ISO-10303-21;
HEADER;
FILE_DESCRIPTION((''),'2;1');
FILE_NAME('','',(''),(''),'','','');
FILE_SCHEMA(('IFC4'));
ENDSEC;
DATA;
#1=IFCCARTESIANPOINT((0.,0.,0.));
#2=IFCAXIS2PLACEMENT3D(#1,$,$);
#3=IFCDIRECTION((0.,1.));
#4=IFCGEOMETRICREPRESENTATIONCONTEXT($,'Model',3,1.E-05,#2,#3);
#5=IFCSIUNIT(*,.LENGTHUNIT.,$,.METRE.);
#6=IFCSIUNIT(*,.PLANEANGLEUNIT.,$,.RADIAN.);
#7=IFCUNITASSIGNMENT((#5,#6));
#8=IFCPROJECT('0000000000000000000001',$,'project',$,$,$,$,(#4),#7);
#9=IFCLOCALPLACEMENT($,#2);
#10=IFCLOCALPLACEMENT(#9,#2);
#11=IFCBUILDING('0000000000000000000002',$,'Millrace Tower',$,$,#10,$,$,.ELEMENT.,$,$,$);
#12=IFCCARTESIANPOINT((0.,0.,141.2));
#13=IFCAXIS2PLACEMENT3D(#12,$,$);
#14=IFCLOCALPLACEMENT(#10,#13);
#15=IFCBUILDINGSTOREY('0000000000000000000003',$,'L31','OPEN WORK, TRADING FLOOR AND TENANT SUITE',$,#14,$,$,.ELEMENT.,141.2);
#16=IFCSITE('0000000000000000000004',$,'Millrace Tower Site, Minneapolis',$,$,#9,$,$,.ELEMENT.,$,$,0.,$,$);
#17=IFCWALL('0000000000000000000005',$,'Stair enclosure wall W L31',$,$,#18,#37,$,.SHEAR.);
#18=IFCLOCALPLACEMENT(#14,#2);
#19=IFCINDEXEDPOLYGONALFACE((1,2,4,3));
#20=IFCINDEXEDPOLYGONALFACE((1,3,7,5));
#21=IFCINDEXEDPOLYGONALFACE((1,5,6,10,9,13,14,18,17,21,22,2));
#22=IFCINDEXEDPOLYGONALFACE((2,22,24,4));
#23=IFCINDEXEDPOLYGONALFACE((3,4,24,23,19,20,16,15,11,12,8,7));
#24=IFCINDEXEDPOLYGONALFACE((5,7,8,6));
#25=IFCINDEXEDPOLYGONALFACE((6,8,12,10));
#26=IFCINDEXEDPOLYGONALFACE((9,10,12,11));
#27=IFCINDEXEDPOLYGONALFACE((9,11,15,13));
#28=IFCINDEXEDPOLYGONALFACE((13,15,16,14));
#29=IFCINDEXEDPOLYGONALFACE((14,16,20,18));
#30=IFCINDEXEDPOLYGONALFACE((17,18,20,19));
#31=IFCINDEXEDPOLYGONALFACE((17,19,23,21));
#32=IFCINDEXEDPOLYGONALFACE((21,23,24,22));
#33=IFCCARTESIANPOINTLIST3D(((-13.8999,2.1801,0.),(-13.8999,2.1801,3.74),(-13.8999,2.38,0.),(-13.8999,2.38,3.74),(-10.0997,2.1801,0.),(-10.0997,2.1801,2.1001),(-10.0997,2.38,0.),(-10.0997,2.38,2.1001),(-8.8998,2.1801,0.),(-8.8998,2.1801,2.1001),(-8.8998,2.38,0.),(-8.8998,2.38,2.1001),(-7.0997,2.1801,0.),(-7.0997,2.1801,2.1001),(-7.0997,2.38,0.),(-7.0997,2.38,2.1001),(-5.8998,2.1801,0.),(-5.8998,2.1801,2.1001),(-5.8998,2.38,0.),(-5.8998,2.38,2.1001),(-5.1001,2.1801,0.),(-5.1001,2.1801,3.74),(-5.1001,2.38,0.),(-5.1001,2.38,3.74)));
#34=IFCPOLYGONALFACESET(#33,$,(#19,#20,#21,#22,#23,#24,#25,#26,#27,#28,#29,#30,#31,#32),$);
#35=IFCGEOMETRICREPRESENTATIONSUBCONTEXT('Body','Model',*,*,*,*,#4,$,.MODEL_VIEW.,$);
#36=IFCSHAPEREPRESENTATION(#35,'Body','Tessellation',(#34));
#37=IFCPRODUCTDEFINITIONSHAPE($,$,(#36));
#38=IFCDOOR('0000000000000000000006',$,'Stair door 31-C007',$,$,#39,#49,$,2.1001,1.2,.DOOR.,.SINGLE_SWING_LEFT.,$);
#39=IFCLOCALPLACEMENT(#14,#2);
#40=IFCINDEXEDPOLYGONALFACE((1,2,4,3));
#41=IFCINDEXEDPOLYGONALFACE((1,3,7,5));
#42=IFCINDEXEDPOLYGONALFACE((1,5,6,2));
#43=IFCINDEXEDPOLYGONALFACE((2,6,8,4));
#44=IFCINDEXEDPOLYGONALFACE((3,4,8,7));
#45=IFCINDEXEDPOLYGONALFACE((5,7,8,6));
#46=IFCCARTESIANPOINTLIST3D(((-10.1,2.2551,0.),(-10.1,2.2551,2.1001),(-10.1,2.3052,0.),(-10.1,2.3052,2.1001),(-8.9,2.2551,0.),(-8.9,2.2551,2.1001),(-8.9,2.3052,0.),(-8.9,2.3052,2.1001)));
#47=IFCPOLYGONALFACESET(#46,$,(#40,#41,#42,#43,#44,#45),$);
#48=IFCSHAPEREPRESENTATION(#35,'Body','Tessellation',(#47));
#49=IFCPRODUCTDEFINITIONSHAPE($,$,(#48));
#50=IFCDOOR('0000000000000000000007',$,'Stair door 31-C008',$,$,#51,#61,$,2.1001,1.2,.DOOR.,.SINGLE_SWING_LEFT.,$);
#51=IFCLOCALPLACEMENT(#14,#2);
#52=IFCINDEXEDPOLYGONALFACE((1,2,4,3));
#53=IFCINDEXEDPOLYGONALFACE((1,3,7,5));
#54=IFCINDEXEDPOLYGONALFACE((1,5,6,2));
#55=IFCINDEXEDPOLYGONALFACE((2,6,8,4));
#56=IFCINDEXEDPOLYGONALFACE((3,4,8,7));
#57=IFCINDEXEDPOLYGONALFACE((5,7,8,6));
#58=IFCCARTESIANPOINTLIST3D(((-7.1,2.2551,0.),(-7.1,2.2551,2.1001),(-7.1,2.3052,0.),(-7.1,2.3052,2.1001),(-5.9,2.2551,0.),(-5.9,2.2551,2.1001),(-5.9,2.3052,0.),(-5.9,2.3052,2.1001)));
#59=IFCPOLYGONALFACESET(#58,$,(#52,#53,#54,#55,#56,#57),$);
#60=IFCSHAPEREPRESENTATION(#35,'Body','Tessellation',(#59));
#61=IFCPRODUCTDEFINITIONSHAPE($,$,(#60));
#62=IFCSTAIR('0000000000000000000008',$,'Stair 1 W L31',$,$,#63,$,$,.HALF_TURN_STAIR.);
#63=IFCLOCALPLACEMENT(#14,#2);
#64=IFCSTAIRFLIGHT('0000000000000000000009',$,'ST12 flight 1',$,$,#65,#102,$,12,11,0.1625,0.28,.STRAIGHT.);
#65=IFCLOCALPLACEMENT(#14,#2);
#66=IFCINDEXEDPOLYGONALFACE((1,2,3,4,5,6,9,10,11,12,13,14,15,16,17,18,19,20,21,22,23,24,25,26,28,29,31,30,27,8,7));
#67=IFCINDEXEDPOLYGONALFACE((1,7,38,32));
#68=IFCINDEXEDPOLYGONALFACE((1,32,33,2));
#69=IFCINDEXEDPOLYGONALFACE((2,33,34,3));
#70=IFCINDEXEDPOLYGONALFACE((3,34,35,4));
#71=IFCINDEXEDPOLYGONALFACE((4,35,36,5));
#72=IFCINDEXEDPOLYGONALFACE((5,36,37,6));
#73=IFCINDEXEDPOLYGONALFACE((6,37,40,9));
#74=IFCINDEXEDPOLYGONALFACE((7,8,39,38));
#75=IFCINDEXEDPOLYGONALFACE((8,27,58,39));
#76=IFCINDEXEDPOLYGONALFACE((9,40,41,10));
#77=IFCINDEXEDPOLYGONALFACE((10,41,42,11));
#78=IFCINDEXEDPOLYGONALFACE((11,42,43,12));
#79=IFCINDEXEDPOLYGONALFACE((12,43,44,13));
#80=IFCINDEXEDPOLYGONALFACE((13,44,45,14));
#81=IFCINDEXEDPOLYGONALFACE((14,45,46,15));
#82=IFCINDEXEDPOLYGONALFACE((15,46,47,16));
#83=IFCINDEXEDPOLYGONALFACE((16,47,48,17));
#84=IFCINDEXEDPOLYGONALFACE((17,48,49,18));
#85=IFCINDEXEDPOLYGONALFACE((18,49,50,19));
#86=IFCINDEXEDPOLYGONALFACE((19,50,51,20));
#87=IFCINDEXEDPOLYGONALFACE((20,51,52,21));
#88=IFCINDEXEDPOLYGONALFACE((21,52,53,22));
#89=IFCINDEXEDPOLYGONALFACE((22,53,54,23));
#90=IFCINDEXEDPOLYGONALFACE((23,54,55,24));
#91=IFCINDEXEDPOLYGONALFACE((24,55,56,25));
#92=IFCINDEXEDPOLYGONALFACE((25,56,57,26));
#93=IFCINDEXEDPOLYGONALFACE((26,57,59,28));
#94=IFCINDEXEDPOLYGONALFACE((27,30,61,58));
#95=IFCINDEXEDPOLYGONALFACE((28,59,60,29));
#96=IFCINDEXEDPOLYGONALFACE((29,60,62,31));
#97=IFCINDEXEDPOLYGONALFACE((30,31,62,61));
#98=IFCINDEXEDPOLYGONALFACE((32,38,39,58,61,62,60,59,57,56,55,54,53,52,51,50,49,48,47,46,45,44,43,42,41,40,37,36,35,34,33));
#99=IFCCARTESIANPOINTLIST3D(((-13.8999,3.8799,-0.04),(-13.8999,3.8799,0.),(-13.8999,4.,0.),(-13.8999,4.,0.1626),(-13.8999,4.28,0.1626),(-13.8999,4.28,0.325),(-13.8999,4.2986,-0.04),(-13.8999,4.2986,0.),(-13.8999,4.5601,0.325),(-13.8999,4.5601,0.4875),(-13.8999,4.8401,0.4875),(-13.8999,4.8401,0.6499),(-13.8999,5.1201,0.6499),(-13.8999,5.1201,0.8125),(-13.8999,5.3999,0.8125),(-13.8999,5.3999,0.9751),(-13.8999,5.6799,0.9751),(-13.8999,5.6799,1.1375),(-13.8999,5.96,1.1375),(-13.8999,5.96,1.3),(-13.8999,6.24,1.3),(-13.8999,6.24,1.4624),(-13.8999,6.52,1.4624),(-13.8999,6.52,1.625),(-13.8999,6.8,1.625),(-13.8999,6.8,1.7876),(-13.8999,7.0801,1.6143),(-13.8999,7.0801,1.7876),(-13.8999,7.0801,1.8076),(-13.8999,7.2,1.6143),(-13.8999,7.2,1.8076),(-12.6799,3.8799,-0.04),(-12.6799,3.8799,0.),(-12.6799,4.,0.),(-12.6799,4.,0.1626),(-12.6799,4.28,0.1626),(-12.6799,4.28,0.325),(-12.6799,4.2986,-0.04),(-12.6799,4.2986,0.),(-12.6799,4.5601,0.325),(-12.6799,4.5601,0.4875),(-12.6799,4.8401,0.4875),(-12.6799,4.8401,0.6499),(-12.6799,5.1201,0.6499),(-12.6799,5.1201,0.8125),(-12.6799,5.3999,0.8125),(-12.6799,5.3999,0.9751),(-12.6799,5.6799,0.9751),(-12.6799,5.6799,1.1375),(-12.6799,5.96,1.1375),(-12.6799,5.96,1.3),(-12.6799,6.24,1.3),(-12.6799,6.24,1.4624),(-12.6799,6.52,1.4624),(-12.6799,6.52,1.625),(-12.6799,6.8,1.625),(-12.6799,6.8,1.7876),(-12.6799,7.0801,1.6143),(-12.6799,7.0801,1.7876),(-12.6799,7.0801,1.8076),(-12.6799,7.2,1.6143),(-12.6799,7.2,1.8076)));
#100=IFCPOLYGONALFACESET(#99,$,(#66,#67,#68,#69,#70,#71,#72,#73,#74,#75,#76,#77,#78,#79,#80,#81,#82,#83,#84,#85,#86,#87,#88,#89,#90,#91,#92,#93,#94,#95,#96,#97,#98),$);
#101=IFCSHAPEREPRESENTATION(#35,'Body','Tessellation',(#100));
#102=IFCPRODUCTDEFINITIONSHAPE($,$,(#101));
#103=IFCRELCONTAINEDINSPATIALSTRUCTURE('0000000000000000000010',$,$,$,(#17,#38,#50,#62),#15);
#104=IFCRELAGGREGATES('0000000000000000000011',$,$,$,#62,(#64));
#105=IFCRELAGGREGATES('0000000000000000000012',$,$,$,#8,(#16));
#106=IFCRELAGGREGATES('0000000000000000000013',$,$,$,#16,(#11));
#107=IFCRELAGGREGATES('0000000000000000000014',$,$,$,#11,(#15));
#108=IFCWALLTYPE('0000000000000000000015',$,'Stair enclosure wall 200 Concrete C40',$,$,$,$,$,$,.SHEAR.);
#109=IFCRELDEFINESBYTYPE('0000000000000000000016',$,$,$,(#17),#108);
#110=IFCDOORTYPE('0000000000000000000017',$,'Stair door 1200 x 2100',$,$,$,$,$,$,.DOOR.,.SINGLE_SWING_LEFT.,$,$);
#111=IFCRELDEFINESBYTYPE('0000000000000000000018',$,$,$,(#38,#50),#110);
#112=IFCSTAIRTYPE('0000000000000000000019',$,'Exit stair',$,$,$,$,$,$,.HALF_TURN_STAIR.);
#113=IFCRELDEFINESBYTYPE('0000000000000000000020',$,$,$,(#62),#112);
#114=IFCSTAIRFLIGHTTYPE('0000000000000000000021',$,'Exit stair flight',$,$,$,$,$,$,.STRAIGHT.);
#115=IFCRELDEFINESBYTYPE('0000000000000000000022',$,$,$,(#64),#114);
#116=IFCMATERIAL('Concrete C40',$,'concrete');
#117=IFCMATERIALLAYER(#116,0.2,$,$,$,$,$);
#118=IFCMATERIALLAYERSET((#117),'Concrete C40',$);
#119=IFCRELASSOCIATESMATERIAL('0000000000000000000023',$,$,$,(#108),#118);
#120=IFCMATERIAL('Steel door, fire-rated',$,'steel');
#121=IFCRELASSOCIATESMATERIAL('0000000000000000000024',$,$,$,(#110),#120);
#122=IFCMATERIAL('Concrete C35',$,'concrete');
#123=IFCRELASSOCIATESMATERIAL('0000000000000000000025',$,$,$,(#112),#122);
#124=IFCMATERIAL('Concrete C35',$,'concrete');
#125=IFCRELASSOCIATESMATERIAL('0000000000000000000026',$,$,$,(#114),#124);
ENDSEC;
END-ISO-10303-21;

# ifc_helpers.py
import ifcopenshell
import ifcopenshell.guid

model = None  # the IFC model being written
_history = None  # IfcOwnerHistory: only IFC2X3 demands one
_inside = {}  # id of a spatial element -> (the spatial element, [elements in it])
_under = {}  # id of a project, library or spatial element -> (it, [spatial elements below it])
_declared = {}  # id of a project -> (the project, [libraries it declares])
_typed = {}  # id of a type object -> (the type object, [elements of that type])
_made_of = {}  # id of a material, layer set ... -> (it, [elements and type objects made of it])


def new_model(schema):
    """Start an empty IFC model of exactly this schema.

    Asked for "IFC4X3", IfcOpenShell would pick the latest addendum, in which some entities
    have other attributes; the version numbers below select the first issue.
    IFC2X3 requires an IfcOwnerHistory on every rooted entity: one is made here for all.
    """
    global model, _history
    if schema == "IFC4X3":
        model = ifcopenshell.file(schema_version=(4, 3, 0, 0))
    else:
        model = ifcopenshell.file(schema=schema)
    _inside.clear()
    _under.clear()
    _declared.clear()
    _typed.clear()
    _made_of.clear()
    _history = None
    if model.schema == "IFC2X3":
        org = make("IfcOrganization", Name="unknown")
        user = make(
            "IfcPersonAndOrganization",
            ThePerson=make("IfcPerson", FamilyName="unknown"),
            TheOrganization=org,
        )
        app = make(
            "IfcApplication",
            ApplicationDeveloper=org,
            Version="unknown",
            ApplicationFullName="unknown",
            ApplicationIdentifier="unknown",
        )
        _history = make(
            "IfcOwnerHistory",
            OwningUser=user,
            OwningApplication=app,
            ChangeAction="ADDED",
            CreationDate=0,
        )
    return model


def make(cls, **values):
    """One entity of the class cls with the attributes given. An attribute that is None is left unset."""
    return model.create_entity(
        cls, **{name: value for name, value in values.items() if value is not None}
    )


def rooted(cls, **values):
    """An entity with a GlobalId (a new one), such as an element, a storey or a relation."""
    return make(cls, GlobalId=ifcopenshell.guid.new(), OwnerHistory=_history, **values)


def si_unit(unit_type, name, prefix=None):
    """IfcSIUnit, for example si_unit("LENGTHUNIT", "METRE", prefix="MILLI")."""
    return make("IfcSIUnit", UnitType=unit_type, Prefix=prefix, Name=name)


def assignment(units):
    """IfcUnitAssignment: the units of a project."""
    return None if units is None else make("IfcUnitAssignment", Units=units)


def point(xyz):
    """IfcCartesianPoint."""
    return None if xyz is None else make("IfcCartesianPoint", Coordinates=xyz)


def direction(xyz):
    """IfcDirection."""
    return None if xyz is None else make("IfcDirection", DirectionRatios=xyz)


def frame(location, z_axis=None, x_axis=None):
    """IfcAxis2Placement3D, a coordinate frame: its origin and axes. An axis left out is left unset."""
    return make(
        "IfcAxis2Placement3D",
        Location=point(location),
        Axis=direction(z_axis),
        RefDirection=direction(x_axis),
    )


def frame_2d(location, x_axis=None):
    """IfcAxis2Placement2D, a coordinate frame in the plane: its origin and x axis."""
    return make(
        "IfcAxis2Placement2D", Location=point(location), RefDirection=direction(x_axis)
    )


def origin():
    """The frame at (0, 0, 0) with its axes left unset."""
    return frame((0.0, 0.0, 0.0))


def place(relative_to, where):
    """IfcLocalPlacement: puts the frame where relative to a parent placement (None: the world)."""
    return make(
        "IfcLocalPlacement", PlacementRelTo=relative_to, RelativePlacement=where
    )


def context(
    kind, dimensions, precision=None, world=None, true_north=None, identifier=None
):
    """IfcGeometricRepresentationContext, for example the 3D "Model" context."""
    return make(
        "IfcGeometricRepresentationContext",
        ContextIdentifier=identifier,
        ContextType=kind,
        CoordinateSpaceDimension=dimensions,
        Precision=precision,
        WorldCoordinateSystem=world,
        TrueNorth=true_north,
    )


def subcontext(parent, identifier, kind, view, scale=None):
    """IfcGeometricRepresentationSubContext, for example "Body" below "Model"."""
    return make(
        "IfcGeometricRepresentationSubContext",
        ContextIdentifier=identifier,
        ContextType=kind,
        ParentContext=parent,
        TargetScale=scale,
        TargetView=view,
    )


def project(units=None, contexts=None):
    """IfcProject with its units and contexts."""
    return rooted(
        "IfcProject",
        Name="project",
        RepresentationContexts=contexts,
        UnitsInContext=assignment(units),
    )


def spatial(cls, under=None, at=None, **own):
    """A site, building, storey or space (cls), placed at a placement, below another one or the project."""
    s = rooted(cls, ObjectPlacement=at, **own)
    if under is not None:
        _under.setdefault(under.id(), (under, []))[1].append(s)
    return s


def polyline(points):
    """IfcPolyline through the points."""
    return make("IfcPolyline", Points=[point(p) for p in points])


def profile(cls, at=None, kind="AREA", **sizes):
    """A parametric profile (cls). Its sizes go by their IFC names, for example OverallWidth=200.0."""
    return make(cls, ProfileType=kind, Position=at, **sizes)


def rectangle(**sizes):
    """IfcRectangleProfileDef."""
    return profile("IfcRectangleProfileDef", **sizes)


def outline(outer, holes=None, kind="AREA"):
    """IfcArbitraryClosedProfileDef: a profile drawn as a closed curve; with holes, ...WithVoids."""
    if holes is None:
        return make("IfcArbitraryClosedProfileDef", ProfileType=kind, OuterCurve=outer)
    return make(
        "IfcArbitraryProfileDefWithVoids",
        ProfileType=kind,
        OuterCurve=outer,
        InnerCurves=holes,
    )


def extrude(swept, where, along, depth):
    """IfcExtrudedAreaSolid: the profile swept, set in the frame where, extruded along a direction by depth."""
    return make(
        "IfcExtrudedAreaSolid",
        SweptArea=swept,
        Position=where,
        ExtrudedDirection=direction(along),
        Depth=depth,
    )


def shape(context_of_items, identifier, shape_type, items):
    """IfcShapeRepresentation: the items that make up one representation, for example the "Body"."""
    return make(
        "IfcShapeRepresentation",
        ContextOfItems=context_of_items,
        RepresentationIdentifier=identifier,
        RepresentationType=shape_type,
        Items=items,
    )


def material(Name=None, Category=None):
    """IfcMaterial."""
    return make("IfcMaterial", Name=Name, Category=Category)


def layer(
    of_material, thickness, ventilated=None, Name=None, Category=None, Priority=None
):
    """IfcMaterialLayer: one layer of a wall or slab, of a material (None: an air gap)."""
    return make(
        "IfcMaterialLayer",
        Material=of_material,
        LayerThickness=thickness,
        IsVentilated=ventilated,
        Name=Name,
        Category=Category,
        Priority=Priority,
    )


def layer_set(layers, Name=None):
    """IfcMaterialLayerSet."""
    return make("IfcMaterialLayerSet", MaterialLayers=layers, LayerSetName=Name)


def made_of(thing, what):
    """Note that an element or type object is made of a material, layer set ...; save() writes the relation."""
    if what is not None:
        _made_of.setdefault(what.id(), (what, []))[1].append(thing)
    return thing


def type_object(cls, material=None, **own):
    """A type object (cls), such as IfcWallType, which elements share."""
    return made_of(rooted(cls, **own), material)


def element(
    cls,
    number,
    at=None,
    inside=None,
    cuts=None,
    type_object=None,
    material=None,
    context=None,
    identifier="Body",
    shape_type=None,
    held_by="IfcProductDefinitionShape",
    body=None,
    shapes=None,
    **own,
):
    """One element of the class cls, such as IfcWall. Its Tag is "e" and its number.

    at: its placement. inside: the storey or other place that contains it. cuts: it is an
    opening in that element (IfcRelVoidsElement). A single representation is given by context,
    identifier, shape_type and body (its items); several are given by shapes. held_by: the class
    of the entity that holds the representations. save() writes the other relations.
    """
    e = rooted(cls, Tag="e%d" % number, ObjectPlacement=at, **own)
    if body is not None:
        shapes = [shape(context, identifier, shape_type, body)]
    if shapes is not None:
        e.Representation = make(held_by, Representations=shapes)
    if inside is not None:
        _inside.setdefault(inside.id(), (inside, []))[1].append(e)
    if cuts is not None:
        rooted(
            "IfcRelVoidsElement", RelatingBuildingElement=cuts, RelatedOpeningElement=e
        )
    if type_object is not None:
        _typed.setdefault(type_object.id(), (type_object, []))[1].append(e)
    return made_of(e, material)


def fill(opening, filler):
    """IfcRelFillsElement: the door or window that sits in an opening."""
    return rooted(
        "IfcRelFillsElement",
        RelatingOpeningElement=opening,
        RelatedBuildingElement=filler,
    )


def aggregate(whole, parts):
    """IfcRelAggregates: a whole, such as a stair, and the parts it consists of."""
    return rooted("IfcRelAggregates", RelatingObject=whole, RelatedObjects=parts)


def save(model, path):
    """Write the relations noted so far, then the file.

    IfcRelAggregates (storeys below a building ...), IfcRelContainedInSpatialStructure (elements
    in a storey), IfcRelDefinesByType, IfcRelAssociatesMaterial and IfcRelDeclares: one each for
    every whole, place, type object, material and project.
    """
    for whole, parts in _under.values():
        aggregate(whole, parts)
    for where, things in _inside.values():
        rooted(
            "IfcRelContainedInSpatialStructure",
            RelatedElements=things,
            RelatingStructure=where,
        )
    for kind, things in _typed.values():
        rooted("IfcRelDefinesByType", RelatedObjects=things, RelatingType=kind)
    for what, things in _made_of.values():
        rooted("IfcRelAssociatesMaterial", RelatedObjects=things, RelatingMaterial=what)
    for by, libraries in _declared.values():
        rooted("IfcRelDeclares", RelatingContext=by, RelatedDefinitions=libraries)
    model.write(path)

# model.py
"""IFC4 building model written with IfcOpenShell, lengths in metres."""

from ifc_helpers import new_model, si_unit, direction, frame, frame_2d, origin, place, context, subcontext, project, spatial, polyline, rectangle, outline, extrude, material, layer, layer_set, type_object, element, fill, aggregate, save


model = new_model("IFC4")

# Units and contexts
model_context = context("Model", 3, precision=1e-05, world=origin(), true_north=direction((0.0, 1.0)))
body_context = subcontext(model_context, "Body", "Model", "MODEL_VIEW")
ifc_project = project(units=[si_unit("LENGTHUNIT", "METRE"), si_unit("PLANEANGLEUNIT", "RADIAN")], contexts=[model_context])

# Site, building, storey
site_placement = place(None, origin())
site = spatial("IfcSite", under=ifc_project, at=site_placement, Name="Millrace Tower Site, Minneapolis", CompositionType="ELEMENT", RefElevation=0.0)
building_placement = place(site_placement, origin())
building = spatial("IfcBuilding", under=site, at=building_placement, Name="Millrace Tower", CompositionType="ELEMENT")
storey_placement = place(building_placement, frame((0.0, 0.0, 141.2)))
storey = spatial("IfcBuildingStorey", under=building, at=storey_placement, Name="L31", Description="OPEN WORK, TRADING FLOOR AND TENANT SUITE", CompositionType="ELEMENT", Elevation=141.2)

# Shared definitions
placement = place(storey_placement, origin())

# Shared definitions
ifc_material_1 = material(Name="Concrete C40", Category="concrete")
ifc_layer_1 = layer(ifc_material_1, 0.2)
ifc_layer_set_1 = layer_set([ifc_layer_1], Name="Concrete C40")
wall_type_1 = type_object("IfcWallType", Name="Stair enclosure wall 200 Concrete C40", PredefinedType="SHEAR", material=ifc_layer_set_1)

# Wall, openings, doors
wall_1_placement = place(storey_placement, frame((-13.8999, 2.28, 0.0), z_axis=(0.0, 0.0, 1.0), x_axis=(1.0, 0.0, 0.0)))
wall_1 = element("IfcWall", 1, at=wall_1_placement, inside=storey, type_object=wall_type_1, Name="Stair enclosure wall W L31", PredefinedType="SHEAR", context=body_context, shape_type="SweptSolid", body=[
    extrude(rectangle(XDim=8.7998, YDim=0.2, at=frame_2d((4.3999, 0.0))), origin(), (0.0, 0.0, 1.0), 3.74),
])
opening_1_placement = place(wall_1_placement, frame((3.8, 0.0, 0.0)))
opening_1 = element("IfcOpeningElement", 2, at=opening_1_placement, cuts=wall_1, PredefinedType="OPENING", context=body_context, shape_type="SweptSolid", body=[
    extrude(rectangle(XDim=1.2, YDim=2.1001, at=frame_2d((0.6001, 1.05))), frame((0.0, 0.1099, 0.0), z_axis=(0.0, -1.0, 0.0), x_axis=(1.0, 0.0, 0.0)), (0.0, 0.0, 1.0), 0.22),
])
opening_2_placement = place(wall_1_placement, frame((6.8, 0.0, 0.0)))
opening_2 = element("IfcOpeningElement", 3, at=opening_2_placement, cuts=wall_1, PredefinedType="OPENING", context=body_context, shape_type="SweptSolid", body=[
    extrude(rectangle(XDim=1.2, YDim=2.1001, at=frame_2d((0.6001, 1.05))), frame((0.0, 0.1099, 0.0), z_axis=(0.0, -1.0, 0.0), x_axis=(1.0, 0.0, 0.0)), (0.0, 0.0, 1.0), 0.22),
])
ifc_material_2 = material(Name="Steel door, fire-rated", Category="steel")
door_type_1 = type_object("IfcDoorType", Name="Stair door 1200 x 2100", OperationType="SINGLE_SWING_LEFT", PredefinedType="DOOR", material=ifc_material_2)
door_1_placement = place(opening_1_placement, frame((1.2, 0.0, 0.0), z_axis=(0.0, 0.0, 1.0), x_axis=(-1.0, 0.0, 0.0)))
door_1 = element("IfcDoor", 4, at=door_1_placement, inside=storey, type_object=door_type_1, Name="Stair door 31-C007", OperationType="SINGLE_SWING_LEFT", OverallHeight=2.1001, OverallWidth=1.2, PredefinedType="DOOR", context=body_context, shape_type="SweptSolid", body=[
    extrude(rectangle(XDim=1.2, YDim=2.1001, at=frame_2d((0.6001, 1.05))), frame((0.0, 0.0249, 0.0), z_axis=(0.0, -1.0, 0.0), x_axis=(1.0, 0.0, 0.0)), (0.0, 0.0, 1.0), 0.05),
])
fill(opening_1, door_1)
door_2_placement = place(opening_2_placement, frame((1.2, 0.0, 0.0), z_axis=(0.0, 0.0, 1.0), x_axis=(-1.0, 0.0, 0.0)))
door_2 = element("IfcDoor", 5, at=door_2_placement, inside=storey, type_object=door_type_1, Name="Stair door 31-C008", OperationType="SINGLE_SWING_LEFT", OverallHeight=2.1001, OverallWidth=1.2, PredefinedType="DOOR", context=body_context, shape_type="SweptSolid", body=[
    extrude(rectangle(XDim=1.2, YDim=2.1001, at=frame_2d((0.6001, 1.05))), frame((0.0, 0.0249, 0.0), z_axis=(0.0, -1.0, 0.0), x_axis=(1.0, 0.0, 0.0)), (0.0, 0.0, 1.0), 0.05),
])
fill(opening_2, door_2)

# Stair, stair flight
ifc_material_3 = material(Name="Concrete C35", Category="concrete")
stair_type = type_object("IfcStairType", Name="Exit stair", PredefinedType="HALF_TURN_STAIR", material=ifc_material_3)
stair = element("IfcStair", 6, at=placement, inside=storey, type_object=stair_type, Name="Stair 1 W L31", PredefinedType="HALF_TURN_STAIR")
ifc_material_4 = material(Name="Concrete C35", Category="concrete")
stair_flight_type = type_object("IfcStairFlightType", Name="Exit stair flight", PredefinedType="STRAIGHT", material=ifc_material_4)
stair_flight_placement = place(storey_placement, frame((-13.29, 4.0, 0.0), z_axis=(0.0, 0.0, 1.0), x_axis=(0.0, 1.0, 0.0)))
stair_flight = element("IfcStairFlight", 7, at=stair_flight_placement, type_object=stair_flight_type, Name="ST12 flight 1", NumberOfRisers=12, NumberOfTreads=11, PredefinedType="STRAIGHT", RiserHeight=0.1625, TreadLength=0.28, context=body_context, shape_type="SweptSolid", body=[
    extrude(outline(polyline([(-0.1201, -0.04), (-0.1201, 0.0), (0.0, 0.0), (0.0, 0.1626), (0.28, 0.1626), (0.28, 0.325), (0.5601, 0.325), (0.5601, 0.4875), (0.8401, 0.4875), (0.8401, 0.6499), (1.1201, 0.6499), (1.1201, 0.8125), (1.3999, 0.8125), (1.3999, 0.9751), (1.6799, 0.9751), (1.6799, 1.1375), (1.96, 1.1375), (1.96, 1.3), (2.24, 1.3), (2.24, 1.4624), (2.52, 1.4624), (2.52, 1.625), (2.8, 1.625), (2.8, 1.7876), (3.0801, 1.7876), (3.0801, 1.8076), (3.2, 1.8076), (3.2, 1.6143), (3.0801, 1.6143), (0.2986, 0.0), (0.2986, -0.04), (-0.1201, -0.04)])), frame((0.0, 0.6099, 0.0), z_axis=(0.0, -1.0, 0.0), x_axis=(1.0, 0.0, 0.0)), (0.0, 0.0, 1.0), 1.22),
])
aggregate(stair, [stair_flight])

save(model, "model.ifc")
